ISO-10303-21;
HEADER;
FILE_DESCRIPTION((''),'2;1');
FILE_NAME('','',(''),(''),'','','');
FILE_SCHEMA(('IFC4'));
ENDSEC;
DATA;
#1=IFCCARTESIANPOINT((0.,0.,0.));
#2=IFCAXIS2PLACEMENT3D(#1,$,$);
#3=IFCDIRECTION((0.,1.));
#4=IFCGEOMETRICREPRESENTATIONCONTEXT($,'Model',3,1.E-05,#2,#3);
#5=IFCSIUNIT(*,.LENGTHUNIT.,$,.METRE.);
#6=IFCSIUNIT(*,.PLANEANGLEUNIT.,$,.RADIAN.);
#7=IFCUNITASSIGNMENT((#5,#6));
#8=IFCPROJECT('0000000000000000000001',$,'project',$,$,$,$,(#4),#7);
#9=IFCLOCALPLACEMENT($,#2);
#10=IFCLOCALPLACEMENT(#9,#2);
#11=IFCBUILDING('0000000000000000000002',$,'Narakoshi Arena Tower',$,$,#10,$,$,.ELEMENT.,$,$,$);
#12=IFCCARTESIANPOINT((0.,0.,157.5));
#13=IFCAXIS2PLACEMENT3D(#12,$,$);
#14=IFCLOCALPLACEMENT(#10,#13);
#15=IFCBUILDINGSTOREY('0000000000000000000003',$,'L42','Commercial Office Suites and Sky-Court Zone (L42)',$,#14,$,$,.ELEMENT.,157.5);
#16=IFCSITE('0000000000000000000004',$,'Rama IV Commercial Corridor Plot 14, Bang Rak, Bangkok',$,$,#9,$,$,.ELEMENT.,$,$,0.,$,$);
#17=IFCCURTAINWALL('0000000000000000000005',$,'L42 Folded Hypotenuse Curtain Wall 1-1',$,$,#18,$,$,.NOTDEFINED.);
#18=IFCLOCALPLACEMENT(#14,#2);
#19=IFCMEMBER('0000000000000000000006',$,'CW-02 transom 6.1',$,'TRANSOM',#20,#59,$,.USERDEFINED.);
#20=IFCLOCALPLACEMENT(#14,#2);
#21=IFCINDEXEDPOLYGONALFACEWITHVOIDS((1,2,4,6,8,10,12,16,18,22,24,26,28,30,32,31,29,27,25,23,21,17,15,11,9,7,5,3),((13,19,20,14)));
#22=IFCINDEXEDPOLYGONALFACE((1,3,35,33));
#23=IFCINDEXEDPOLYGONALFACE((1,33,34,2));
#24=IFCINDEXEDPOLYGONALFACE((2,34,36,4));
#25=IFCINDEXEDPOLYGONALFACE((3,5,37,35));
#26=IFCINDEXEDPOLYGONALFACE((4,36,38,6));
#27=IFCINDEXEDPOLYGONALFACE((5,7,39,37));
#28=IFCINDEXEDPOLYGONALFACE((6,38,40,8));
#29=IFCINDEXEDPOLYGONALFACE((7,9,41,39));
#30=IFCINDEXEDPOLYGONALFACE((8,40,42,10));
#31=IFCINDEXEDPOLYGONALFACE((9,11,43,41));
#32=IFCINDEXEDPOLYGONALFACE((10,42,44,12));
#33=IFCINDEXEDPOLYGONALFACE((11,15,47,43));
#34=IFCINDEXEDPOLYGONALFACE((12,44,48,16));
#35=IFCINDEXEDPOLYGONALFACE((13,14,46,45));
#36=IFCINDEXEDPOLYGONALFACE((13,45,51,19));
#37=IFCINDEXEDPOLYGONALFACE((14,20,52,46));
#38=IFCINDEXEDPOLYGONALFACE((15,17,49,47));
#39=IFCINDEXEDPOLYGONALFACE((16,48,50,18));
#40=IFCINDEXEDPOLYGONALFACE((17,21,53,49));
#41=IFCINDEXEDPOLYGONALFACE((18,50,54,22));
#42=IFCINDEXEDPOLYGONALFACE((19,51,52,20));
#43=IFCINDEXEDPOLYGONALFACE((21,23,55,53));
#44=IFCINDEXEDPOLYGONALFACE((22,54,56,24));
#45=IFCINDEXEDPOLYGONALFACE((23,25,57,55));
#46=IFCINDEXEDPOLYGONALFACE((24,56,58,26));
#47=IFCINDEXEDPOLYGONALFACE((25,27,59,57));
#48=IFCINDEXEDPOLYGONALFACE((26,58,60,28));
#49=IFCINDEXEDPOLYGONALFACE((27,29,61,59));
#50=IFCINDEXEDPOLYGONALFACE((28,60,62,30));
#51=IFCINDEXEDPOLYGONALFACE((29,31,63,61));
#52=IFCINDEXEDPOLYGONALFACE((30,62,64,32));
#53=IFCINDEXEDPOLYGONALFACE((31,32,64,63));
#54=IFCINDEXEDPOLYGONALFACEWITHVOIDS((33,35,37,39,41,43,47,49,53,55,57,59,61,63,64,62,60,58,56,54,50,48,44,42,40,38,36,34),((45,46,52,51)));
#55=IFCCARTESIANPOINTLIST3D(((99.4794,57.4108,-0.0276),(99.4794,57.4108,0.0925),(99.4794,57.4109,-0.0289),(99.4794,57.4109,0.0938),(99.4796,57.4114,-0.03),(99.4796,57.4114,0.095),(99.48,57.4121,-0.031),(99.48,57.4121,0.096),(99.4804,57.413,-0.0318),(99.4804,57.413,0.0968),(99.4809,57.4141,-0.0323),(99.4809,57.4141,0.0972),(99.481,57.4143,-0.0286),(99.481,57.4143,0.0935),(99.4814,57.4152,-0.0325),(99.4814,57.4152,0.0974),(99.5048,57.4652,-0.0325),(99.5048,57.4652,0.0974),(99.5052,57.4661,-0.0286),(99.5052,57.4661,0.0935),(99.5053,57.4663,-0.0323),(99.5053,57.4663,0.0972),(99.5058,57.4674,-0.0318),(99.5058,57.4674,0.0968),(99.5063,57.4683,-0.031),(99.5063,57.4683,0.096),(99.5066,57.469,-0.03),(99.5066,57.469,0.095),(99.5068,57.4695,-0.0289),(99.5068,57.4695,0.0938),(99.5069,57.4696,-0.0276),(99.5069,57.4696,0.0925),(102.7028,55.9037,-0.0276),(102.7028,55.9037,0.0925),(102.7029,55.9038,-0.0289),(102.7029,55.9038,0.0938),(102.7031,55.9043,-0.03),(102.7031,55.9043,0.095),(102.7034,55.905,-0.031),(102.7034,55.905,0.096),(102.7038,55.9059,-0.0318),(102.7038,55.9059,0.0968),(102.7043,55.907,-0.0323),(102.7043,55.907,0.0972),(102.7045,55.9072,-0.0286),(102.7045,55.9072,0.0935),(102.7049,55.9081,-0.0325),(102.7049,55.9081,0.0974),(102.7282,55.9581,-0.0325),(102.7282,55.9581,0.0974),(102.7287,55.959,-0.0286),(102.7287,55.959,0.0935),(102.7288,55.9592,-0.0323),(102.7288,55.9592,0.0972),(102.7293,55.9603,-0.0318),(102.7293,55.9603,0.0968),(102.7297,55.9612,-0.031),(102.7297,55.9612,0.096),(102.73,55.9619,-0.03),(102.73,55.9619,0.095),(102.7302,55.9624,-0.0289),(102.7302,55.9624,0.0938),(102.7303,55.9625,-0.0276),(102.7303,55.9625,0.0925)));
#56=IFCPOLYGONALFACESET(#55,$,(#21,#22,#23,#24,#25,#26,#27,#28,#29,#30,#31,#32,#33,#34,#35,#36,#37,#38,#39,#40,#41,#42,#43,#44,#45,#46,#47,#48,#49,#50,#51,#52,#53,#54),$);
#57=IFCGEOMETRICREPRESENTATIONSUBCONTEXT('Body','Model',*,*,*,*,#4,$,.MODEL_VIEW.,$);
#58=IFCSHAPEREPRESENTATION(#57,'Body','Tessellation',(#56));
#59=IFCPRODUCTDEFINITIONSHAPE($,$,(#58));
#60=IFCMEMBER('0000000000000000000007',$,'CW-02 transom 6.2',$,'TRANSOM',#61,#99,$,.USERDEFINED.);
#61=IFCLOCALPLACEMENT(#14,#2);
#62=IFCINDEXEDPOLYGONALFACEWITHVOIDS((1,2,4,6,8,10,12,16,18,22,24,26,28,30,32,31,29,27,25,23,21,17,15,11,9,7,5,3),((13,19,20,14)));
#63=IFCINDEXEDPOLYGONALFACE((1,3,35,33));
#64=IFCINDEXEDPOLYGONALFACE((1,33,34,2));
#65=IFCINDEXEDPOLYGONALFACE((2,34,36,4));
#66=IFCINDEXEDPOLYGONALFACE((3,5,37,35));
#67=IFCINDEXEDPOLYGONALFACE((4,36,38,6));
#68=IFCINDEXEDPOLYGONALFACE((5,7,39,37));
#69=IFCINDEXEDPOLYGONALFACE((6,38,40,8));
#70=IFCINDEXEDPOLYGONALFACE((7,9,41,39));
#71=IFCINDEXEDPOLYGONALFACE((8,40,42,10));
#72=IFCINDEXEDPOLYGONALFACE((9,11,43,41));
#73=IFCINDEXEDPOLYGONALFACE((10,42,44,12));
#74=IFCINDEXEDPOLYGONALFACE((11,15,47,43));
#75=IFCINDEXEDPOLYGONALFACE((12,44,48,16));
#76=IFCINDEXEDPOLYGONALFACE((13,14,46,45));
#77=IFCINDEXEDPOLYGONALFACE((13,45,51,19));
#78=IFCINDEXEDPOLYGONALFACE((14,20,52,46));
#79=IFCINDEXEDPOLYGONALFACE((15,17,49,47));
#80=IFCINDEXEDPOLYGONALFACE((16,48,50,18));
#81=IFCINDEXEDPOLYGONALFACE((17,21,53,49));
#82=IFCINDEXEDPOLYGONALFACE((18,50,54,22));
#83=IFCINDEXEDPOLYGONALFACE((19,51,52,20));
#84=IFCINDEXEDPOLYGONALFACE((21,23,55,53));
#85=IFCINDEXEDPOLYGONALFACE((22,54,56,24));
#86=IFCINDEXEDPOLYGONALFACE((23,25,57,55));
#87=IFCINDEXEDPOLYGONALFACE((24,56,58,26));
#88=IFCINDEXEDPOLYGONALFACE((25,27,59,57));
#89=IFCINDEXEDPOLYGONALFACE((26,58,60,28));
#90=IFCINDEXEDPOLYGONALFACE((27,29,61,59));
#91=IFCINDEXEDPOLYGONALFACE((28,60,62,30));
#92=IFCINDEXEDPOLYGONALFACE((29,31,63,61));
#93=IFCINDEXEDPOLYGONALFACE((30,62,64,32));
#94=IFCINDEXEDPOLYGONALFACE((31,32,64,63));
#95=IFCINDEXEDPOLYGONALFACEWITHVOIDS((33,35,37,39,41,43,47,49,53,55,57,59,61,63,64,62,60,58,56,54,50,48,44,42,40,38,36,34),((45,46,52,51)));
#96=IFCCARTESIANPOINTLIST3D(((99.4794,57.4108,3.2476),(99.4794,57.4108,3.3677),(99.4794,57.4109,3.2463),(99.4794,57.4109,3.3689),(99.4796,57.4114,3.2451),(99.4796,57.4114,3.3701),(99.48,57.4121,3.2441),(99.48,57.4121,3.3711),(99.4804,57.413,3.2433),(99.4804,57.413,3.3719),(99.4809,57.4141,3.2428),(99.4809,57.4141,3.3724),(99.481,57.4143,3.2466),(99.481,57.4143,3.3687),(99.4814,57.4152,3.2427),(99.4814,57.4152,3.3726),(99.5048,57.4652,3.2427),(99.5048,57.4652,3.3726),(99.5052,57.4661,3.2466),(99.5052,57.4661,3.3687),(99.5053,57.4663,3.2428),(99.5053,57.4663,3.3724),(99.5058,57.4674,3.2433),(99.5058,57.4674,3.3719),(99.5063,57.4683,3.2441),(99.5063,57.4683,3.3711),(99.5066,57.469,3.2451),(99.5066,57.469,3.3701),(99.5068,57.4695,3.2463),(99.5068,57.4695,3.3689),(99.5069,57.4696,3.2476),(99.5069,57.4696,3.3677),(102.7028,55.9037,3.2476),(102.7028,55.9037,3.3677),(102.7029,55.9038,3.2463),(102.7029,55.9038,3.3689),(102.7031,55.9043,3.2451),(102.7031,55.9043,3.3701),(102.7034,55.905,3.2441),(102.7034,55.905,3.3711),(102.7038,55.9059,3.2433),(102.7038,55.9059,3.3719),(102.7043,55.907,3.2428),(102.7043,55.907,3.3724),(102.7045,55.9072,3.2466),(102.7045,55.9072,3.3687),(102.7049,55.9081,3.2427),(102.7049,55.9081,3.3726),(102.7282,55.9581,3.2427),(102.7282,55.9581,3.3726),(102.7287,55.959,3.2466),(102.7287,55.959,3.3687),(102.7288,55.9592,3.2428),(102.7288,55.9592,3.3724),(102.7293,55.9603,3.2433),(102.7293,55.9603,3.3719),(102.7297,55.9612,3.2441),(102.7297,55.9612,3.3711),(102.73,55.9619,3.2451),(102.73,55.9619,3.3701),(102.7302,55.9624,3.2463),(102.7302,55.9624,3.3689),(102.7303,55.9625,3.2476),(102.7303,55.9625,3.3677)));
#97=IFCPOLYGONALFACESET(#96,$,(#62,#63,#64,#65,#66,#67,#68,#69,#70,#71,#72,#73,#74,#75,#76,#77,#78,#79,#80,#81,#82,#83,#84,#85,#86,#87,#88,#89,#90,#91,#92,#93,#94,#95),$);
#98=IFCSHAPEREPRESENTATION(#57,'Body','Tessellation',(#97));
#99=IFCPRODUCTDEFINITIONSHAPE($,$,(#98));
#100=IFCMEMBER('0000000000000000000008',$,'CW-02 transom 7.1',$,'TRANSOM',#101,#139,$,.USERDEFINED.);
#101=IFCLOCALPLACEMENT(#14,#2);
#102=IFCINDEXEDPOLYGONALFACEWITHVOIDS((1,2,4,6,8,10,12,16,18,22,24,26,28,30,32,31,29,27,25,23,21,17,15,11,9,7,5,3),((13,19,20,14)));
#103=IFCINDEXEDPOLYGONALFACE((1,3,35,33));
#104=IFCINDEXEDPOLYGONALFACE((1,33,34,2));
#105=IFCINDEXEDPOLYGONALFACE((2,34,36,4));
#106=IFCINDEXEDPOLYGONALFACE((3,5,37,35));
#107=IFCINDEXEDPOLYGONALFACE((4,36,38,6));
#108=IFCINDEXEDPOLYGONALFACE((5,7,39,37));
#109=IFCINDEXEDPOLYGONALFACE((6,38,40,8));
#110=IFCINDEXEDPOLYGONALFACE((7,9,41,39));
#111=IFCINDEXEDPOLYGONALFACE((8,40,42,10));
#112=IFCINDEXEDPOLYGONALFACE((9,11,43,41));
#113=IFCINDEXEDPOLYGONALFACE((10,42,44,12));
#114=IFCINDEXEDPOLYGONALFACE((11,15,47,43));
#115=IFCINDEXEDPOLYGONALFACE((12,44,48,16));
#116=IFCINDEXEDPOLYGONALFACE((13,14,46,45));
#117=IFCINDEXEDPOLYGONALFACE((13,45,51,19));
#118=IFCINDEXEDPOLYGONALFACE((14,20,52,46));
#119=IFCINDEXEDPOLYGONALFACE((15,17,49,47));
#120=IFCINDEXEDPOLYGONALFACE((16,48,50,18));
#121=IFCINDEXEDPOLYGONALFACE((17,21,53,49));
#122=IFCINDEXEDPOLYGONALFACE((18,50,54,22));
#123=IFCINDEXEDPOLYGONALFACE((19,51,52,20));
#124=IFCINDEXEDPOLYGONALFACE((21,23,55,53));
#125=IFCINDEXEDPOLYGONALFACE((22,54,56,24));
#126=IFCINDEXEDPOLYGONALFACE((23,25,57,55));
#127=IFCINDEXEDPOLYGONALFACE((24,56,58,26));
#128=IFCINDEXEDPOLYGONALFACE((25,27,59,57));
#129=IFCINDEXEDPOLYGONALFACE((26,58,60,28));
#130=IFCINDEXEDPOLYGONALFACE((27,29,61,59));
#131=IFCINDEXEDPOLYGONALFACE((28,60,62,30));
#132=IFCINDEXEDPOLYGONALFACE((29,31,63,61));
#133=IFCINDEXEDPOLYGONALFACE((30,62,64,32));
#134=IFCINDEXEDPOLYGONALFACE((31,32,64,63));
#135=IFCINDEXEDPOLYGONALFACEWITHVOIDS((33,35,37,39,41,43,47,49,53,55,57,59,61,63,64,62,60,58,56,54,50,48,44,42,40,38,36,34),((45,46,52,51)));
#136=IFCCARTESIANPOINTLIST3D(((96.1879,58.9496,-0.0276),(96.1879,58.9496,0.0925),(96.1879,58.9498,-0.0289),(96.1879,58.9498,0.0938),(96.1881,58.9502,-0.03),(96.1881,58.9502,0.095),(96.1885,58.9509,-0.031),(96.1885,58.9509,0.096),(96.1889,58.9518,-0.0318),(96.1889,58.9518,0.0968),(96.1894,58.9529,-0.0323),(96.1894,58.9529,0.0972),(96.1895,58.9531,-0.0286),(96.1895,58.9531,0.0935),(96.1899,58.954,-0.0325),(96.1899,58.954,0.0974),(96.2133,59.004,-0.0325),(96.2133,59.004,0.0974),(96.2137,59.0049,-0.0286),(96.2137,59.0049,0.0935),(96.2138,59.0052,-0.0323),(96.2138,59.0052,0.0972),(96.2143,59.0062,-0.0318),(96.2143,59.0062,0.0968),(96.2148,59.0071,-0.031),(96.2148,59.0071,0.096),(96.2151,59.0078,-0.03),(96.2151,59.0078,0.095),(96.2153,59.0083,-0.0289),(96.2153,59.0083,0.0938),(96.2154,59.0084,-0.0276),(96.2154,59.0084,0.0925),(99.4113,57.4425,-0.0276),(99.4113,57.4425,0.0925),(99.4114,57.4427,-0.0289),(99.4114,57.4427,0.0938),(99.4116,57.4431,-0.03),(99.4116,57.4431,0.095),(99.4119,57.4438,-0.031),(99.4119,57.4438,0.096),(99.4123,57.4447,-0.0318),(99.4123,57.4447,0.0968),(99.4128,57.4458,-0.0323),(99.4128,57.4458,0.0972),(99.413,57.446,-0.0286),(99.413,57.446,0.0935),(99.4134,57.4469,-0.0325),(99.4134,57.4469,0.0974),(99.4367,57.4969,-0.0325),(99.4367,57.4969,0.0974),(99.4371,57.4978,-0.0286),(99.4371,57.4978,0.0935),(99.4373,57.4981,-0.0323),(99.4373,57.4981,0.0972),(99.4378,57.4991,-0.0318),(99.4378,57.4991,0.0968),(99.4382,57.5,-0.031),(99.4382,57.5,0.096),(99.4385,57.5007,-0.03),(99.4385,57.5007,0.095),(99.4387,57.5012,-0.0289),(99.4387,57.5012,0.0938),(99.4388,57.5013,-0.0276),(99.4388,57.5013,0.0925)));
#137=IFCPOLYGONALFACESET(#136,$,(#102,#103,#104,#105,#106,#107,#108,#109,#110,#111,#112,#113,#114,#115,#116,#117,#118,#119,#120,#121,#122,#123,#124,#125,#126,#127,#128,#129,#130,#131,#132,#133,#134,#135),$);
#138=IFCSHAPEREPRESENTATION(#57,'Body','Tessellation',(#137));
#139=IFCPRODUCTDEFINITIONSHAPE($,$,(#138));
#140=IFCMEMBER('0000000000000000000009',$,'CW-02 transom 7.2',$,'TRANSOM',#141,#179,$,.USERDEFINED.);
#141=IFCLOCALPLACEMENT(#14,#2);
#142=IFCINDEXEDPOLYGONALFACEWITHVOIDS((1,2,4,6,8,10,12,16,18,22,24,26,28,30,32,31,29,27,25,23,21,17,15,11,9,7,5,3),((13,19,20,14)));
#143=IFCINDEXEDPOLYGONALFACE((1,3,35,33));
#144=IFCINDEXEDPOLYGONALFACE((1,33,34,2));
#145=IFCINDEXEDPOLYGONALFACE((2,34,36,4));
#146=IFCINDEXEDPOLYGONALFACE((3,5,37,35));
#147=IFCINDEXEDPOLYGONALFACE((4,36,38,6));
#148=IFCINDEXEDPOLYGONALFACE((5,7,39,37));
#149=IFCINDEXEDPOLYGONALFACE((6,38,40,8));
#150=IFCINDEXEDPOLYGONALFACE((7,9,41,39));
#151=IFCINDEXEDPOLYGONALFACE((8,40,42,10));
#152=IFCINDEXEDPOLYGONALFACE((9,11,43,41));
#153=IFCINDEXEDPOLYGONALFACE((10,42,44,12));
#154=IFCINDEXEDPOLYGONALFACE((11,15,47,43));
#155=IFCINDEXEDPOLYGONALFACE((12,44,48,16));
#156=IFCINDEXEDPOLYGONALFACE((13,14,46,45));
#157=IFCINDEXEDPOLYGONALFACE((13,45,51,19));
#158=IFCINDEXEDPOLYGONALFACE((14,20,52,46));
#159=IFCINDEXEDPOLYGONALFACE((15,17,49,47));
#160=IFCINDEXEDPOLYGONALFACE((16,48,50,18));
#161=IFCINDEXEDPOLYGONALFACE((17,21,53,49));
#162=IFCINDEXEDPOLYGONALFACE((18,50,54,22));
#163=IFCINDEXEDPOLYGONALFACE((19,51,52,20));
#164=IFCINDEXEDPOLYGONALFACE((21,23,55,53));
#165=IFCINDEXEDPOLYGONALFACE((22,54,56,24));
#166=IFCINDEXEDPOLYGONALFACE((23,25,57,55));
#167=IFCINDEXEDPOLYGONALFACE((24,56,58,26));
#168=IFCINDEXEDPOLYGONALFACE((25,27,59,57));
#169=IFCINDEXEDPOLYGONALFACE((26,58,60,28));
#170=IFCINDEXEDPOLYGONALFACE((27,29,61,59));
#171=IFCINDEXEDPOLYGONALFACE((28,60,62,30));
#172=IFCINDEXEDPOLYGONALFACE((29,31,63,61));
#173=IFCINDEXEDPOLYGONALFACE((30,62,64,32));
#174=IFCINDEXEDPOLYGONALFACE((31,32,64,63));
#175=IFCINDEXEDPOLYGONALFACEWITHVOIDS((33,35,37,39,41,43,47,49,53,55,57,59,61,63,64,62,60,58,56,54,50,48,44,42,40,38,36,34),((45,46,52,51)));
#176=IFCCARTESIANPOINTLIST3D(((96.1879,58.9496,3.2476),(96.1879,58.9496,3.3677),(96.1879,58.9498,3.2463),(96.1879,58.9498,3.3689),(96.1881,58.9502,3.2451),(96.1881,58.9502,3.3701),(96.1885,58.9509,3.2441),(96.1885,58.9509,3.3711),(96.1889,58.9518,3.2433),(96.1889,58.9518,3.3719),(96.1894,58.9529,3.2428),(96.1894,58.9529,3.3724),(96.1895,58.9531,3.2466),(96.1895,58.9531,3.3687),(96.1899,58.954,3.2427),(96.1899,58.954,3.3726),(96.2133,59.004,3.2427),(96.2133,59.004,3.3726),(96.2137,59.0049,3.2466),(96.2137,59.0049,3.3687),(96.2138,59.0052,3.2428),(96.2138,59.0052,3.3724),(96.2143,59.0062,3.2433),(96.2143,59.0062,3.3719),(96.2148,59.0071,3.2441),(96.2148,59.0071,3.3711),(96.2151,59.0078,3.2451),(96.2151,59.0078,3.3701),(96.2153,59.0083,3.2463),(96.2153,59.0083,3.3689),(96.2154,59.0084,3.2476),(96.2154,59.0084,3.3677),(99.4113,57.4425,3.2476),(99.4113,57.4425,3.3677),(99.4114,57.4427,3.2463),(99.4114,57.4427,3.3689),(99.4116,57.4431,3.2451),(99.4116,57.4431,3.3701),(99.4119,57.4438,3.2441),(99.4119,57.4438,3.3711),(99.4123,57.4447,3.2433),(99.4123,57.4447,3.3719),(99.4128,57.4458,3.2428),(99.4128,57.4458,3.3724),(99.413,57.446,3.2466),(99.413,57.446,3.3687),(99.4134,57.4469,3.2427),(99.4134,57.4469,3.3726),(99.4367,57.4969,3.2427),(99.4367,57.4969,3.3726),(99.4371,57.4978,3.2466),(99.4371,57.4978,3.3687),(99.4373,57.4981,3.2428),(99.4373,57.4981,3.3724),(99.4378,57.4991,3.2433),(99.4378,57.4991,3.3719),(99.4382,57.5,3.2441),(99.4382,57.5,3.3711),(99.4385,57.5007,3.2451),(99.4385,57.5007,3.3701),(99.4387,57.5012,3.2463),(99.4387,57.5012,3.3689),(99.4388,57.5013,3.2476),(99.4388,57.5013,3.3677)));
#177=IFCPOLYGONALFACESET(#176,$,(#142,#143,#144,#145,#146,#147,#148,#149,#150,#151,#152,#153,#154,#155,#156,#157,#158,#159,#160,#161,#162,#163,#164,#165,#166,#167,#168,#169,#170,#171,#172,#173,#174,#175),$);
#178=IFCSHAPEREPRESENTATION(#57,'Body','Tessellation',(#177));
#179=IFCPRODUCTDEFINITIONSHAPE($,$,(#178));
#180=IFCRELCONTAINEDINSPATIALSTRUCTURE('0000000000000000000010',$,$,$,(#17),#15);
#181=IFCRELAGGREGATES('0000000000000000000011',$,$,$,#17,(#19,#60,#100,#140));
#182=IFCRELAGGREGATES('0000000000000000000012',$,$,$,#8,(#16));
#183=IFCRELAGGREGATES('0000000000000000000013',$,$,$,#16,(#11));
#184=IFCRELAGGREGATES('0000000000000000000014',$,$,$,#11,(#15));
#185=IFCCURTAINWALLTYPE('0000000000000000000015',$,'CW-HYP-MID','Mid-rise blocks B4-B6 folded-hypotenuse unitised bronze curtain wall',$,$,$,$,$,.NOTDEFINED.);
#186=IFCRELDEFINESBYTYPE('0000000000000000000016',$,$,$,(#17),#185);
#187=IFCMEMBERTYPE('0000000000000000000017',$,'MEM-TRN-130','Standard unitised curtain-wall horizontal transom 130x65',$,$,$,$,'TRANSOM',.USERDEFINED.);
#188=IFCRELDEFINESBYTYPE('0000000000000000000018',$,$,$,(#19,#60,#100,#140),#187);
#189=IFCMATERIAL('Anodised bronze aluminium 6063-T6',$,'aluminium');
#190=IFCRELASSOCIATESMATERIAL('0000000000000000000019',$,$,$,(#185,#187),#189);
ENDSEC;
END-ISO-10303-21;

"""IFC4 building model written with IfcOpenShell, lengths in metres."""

from ifc_helpers import new_model, si_unit, direction, frame, origin, origin_2d, place, context, subcontext, project, spatial, hollow_rectangle, extrude, material, material_profile, profile_set, type_object, element, aggregate, save


model = new_model("IFC4")

# Units and contexts
model_context = context("Model", 3, precision=1e-05, world=origin(), true_north=direction((0.0, 1.0)))
body_context = subcontext(model_context, "Body", "Model", "MODEL_VIEW")
ifc_project = project(units=[si_unit("LENGTHUNIT", "METRE"), si_unit("PLANEANGLEUNIT", "RADIAN")], contexts=[model_context])

# Site, building, storey
site_placement = place(None, origin())
site = spatial("IfcSite", under=ifc_project, at=site_placement, Name="Rama IV Commercial Corridor Plot 14, Bang Rak, Bangkok", CompositionType="ELEMENT", RefElevation=0.0)
building_placement = place(site_placement, origin())
building = spatial("IfcBuilding", under=site, at=building_placement, Name="Narakoshi Arena Tower", CompositionType="ELEMENT")
storey_placement = place(building_placement, frame((0.0, 0.0, 157.5)))
storey = spatial("IfcBuildingStorey", under=building, at=storey_placement, Name="L42", Description="Commercial Office Suites and Sky-Court Zone (L42)", CompositionType="ELEMENT", Elevation=157.5)

# Curtain wall, members
ifc_material_1 = material(Name="Anodised bronze aluminium 6063-T6", Category="aluminium")
curtain_wall_type = type_object("IfcCurtainWallType", Name="CW-HYP-MID", Description="Mid-rise blocks B4-B6 folded-hypotenuse unitised bronze curtain wall", PredefinedType="NOTDEFINED", material=ifc_material_1)
curtain_wall_placement = place(storey_placement, origin())
curtain_wall = element("IfcCurtainWall", 1, at=curtain_wall_placement, inside=storey, type_object=curtain_wall_type, Name="L42 Folded Hypotenuse Curtain Wall 1-1", PredefinedType="NOTDEFINED")
ifc_material_profile_1 = material_profile(ifc_material_1, hollow_rectangle(XDim=0.0649, YDim=0.1299, WallThickness=0.0039, OuterFilletRadius=0.0049, at=origin_2d()), Name="TRN130x65x4")
ifc_profile_set_1 = profile_set([ifc_material_profile_1], Name="Anodised bronze aluminium 6063-T6")
member_type_1 = type_object("IfcMemberType", Name="MEM-TRN-130", Description="Standard unitised curtain-wall horizontal transom 130x65", ElementType="TRANSOM", PredefinedType="USERDEFINED", material=ifc_profile_set_1)
member_1_placement = place(storey_placement, frame((102.7166, 55.9331, 0.0325), z_axis=(-0.905878, 0.423539, 0.0), x_axis=(-0.423539, -0.905878, 0.0)))
member_1 = element("IfcMember", 2, at=member_1_placement, type_object=member_type_1, Name="CW-02 transom 6.1", ObjectType="TRANSOM", PredefinedType="USERDEFINED", context=body_context, shape_type="SweptSolid", body=[
    extrude(hollow_rectangle(XDim=0.0649, YDim=0.1299, WallThickness=0.0039, OuterFilletRadius=0.0049, at=origin_2d()), origin(), (0.0, 0.0, 1.0), 3.5583),
])
member_2_placement = place(storey_placement, frame((102.7166, 55.9331, 3.3076), z_axis=(-0.905878, 0.423539, 0.0), x_axis=(-0.423539, -0.905878, 0.0)))
member_2 = element("IfcMember", 3, at=member_2_placement, type_object=member_type_1, Name="CW-02 transom 6.2", ObjectType="TRANSOM", PredefinedType="USERDEFINED", context=body_context, shape_type="SweptSolid", body=[
    extrude(hollow_rectangle(XDim=0.0649, YDim=0.1299, WallThickness=0.0039, OuterFilletRadius=0.0049, at=origin_2d()), origin(), (0.0, 0.0, 1.0), 3.5583),
])
member_3_placement = place(storey_placement, frame((99.425, 57.4719, 0.0325), z_axis=(-0.905878, 0.423539, 0.0), x_axis=(-0.423539, -0.905878, 0.0)))
member_3 = element("IfcMember", 4, at=member_3_placement, type_object=member_type_1, Name="CW-02 transom 7.1", ObjectType="TRANSOM", PredefinedType="USERDEFINED", context=body_context, shape_type="SweptSolid", body=[
    extrude(hollow_rectangle(XDim=0.0649, YDim=0.1299, WallThickness=0.0039, OuterFilletRadius=0.0049, at=origin_2d()), origin(), (0.0, 0.0, 1.0), 3.5583),
])
member_4_placement = place(storey_placement, frame((99.425, 57.4719, 3.3076), z_axis=(-0.905878, 0.423539, 0.0), x_axis=(-0.423539, -0.905878, 0.0)))
member_4 = element("IfcMember", 5, at=member_4_placement, type_object=member_type_1, Name="CW-02 transom 7.2", ObjectType="TRANSOM", PredefinedType="USERDEFINED", context=body_context, shape_type="SweptSolid", body=[
    extrude(hollow_rectangle(XDim=0.0649, YDim=0.1299, WallThickness=0.0039, OuterFilletRadius=0.0049, at=origin_2d()), origin(), (0.0, 0.0, 1.0), 3.5583),
])
aggregate(curtain_wall, [member_1, member_2, member_3, member_4])

save(model, "model.ifc")
